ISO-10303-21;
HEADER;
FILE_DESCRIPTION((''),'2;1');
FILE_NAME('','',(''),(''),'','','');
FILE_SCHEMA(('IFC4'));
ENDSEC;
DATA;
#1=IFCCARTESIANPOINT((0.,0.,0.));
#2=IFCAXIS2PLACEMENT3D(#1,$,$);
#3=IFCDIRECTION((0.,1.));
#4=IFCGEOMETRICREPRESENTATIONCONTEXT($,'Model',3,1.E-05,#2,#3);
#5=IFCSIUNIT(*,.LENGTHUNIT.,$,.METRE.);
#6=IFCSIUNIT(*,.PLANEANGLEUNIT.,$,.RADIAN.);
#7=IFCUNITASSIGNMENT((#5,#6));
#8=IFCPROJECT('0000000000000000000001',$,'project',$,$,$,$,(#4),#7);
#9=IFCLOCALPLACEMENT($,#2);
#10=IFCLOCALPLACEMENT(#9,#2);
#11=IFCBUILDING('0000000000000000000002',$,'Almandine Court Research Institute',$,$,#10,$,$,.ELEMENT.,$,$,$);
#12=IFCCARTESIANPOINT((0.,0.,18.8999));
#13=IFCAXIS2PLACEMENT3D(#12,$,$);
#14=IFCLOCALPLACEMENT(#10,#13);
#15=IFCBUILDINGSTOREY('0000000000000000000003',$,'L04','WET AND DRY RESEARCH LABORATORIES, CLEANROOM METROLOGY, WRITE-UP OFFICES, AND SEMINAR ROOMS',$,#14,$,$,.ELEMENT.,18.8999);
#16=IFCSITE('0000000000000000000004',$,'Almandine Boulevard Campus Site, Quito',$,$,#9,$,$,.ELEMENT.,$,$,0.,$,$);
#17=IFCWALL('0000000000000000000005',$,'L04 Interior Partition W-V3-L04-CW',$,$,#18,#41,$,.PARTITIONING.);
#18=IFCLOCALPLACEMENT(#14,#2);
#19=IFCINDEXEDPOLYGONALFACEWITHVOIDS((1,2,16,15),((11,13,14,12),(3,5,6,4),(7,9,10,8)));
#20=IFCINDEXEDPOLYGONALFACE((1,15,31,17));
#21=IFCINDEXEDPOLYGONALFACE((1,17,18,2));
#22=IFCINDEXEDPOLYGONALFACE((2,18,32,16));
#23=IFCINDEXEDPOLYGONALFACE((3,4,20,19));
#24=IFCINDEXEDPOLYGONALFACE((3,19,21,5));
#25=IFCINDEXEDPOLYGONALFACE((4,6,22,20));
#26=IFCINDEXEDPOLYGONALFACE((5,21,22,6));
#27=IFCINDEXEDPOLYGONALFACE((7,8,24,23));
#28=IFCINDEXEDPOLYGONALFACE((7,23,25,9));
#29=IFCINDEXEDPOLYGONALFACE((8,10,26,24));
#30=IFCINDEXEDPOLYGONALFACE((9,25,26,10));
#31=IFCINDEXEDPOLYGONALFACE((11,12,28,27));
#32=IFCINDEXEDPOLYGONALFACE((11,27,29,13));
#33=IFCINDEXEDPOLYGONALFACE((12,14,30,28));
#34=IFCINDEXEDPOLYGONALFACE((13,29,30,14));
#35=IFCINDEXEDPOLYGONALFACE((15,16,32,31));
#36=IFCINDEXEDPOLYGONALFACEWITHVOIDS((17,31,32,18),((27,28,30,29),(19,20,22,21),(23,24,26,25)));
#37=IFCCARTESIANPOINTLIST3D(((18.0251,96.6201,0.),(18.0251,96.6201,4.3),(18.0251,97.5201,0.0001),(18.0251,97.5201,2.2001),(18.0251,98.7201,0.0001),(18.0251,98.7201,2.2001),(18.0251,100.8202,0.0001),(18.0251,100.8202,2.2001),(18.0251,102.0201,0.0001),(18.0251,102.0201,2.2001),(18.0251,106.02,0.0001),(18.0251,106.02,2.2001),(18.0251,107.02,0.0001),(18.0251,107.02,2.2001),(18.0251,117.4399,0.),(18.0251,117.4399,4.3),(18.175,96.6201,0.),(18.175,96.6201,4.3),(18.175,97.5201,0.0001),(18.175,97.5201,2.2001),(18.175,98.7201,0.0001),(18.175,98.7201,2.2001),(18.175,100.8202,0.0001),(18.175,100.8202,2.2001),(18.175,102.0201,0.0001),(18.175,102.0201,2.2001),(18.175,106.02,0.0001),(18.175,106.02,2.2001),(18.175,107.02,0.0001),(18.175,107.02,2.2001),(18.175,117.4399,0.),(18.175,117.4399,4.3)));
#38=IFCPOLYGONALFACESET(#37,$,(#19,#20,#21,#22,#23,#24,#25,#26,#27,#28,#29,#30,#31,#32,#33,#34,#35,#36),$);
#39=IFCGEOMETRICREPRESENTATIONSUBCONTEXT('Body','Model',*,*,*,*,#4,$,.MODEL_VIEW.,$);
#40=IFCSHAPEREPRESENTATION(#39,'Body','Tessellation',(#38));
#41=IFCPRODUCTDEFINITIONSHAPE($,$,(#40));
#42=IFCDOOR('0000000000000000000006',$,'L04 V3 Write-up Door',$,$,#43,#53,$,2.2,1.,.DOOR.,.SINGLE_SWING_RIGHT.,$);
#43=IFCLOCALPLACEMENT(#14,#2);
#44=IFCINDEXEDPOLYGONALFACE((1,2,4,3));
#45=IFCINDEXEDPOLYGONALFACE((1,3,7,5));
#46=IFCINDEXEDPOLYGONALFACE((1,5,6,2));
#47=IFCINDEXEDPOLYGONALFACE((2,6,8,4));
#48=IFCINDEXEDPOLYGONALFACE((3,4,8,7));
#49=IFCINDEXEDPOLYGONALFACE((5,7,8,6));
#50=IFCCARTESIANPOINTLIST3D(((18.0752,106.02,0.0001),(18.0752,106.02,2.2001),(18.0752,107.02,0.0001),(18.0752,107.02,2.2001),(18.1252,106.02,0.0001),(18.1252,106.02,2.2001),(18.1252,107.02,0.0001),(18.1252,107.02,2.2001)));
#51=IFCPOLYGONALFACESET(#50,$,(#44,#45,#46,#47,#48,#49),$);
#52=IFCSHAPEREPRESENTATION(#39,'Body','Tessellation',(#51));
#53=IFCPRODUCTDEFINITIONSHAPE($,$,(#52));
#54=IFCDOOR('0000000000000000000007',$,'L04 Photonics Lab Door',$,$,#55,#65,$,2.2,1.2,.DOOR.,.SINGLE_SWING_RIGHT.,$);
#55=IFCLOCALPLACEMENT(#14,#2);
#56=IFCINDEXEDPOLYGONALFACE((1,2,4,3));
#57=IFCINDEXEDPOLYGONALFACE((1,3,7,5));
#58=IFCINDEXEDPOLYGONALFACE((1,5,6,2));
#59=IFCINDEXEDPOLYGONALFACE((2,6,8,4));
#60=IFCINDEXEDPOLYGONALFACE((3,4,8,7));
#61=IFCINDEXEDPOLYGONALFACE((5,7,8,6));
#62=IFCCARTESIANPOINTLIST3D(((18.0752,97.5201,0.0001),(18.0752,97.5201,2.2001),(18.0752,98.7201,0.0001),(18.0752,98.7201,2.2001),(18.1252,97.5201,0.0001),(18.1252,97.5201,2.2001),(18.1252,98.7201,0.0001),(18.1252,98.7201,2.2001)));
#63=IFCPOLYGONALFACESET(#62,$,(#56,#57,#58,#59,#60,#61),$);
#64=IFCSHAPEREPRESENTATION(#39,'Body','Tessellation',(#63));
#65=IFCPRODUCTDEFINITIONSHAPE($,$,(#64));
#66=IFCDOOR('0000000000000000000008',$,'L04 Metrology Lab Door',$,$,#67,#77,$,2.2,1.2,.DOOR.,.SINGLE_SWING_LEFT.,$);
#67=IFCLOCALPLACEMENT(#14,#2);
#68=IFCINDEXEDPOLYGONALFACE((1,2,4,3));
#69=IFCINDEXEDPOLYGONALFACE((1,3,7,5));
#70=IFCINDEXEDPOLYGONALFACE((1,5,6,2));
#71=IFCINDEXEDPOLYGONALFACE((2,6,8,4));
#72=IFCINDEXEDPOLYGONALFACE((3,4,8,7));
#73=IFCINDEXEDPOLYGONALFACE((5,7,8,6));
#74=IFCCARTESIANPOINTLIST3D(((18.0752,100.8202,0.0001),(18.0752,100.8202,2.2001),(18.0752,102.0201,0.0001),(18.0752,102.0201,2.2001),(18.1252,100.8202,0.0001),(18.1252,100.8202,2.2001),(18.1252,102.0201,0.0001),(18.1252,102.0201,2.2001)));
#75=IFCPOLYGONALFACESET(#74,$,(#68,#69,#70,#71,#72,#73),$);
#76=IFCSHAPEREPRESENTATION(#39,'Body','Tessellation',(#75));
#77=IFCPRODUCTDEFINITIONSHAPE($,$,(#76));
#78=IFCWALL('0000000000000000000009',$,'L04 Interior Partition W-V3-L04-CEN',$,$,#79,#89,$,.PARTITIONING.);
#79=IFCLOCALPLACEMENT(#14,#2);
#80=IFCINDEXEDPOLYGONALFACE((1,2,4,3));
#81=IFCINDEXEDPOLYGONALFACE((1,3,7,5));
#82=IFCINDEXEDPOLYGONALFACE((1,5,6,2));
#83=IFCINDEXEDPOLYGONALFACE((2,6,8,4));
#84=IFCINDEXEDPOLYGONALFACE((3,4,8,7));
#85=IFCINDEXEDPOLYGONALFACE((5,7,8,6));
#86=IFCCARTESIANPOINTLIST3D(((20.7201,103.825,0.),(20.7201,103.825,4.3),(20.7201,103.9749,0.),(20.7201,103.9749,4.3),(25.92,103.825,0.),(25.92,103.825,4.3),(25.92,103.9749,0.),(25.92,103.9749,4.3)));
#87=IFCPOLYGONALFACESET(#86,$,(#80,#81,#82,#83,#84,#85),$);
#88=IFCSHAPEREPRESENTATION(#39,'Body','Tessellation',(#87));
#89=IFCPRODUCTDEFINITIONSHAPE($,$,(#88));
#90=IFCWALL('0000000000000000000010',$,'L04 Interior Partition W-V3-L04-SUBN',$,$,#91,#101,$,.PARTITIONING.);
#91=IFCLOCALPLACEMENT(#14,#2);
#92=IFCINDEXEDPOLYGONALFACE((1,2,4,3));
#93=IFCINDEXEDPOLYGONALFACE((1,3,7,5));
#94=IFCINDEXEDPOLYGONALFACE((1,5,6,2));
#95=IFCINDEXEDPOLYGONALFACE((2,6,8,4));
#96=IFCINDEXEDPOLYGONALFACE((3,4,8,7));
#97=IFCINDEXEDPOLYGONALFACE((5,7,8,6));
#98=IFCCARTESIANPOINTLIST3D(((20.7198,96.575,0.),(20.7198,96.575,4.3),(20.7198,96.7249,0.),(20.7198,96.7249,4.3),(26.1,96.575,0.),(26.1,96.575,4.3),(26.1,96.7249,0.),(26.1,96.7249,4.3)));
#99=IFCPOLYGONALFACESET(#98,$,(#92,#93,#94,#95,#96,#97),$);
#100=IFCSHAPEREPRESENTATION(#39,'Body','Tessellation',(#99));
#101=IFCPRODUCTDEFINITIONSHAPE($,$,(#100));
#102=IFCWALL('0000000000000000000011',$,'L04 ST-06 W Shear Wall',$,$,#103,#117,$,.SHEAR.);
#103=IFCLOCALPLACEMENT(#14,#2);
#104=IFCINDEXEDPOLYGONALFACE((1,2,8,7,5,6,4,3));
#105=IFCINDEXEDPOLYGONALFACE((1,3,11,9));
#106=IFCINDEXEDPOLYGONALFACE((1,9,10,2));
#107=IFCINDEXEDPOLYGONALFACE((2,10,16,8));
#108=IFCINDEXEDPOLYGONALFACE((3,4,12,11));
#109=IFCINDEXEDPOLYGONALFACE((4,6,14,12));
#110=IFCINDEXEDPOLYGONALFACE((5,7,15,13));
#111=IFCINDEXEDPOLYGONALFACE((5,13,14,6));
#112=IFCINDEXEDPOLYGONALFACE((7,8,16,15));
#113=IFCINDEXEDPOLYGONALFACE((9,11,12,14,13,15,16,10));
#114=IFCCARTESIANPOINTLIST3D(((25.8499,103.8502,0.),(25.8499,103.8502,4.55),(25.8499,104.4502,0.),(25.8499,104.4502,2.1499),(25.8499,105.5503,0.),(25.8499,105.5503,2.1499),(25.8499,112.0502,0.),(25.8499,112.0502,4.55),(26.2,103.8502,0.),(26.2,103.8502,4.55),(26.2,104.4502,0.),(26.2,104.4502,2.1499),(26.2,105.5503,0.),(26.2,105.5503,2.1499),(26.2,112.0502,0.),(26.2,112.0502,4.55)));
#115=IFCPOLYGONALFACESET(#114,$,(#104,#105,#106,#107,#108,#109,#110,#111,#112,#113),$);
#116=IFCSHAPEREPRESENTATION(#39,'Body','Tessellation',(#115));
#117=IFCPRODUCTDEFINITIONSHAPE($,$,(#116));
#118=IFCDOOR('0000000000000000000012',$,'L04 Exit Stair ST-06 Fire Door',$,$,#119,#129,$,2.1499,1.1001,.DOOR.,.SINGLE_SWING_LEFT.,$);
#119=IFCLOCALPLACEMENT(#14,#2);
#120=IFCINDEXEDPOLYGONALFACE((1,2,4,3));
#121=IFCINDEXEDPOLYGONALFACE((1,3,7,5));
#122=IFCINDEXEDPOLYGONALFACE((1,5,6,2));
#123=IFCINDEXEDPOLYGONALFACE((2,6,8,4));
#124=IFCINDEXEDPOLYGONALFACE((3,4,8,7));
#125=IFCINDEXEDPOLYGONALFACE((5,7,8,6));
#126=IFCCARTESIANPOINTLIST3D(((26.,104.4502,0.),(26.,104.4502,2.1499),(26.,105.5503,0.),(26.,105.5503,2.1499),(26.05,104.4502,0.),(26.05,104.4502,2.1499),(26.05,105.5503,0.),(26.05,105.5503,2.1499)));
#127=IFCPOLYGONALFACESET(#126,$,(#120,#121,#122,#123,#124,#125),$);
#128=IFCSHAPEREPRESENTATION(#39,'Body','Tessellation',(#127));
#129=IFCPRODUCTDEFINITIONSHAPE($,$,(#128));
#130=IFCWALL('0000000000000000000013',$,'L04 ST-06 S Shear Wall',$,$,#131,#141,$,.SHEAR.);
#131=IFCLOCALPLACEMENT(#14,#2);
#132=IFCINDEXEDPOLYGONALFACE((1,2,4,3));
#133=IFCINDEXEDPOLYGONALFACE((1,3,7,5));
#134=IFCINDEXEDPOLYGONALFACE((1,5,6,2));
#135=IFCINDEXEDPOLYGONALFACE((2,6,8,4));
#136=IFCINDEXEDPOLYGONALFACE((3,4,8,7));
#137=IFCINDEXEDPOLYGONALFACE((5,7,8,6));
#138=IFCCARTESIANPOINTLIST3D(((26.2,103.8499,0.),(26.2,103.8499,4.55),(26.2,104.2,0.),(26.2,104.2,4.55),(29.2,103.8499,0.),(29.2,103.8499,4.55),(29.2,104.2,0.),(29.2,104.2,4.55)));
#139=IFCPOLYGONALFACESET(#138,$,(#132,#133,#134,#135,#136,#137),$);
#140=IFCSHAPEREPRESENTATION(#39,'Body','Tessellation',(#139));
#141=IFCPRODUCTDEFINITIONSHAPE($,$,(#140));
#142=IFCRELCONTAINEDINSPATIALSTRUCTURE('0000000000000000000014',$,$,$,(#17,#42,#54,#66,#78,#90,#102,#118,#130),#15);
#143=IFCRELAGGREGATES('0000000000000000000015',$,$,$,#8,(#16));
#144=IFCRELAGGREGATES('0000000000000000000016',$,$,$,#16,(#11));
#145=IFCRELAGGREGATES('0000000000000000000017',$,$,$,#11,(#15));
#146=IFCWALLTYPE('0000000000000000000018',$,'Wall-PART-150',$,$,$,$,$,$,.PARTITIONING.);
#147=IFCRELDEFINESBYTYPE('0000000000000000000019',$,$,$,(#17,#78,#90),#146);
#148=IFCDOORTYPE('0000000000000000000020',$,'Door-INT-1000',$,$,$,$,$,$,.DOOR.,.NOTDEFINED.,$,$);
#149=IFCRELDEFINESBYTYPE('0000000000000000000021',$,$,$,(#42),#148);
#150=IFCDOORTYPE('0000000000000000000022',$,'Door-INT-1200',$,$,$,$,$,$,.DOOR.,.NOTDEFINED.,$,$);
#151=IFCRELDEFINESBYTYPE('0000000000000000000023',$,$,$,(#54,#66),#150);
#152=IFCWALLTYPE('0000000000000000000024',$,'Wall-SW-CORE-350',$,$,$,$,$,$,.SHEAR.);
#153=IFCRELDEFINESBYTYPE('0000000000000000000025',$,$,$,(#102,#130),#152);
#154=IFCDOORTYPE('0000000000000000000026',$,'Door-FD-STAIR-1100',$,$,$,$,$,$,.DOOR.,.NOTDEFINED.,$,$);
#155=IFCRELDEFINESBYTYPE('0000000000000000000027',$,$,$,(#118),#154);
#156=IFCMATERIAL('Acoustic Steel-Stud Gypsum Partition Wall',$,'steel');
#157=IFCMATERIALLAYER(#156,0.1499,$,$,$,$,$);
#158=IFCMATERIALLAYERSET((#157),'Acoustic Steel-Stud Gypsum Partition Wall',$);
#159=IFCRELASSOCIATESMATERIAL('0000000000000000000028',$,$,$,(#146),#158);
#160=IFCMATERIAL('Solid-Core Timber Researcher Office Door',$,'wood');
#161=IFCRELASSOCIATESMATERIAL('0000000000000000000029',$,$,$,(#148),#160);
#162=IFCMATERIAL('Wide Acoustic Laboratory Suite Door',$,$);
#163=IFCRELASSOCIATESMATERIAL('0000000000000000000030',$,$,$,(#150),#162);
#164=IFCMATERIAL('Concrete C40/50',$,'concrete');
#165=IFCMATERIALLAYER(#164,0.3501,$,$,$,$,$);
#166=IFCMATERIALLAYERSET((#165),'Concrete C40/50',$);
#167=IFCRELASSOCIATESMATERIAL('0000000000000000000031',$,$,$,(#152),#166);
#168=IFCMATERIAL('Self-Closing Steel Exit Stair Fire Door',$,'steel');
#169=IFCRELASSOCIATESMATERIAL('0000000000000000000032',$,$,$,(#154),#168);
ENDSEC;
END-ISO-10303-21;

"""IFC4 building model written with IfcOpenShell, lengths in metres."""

from ifc_helpers import new_model, si_unit, direction, frame, frame_2d, origin, place, context, subcontext, project, spatial, rectangle, extrude, material, layer, layer_set, type_object, element, fill, save


model = new_model("IFC4")

# Units and contexts
model_context = context("Model", 3, precision=1e-05, world=origin(), true_north=direction((0.0, 1.0)))
body_context = subcontext(model_context, "Body", "Model", "MODEL_VIEW")
ifc_project = project(units=[si_unit("LENGTHUNIT", "METRE"), si_unit("PLANEANGLEUNIT", "RADIAN")], contexts=[model_context])

# Site, building, storey
site_placement = place(None, origin())
site = spatial("IfcSite", under=ifc_project, at=site_placement, Name="Almandine Boulevard Campus Site, Quito", CompositionType="ELEMENT", RefElevation=0.0)
building_placement = place(site_placement, origin())
building = spatial("IfcBuilding", under=site, at=building_placement, Name="Almandine Court Research Institute", CompositionType="ELEMENT")
storey_placement = place(building_placement, frame((0.0, 0.0, 18.8999)))
storey = spatial("IfcBuildingStorey", under=building, at=storey_placement, Name="L04", Description="WET AND DRY RESEARCH LABORATORIES, CLEANROOM METROLOGY, WRITE-UP OFFICES, AND SEMINAR ROOMS", CompositionType="ELEMENT", Elevation=18.8999)

# Shared definitions
ifc_material_1 = material(Name="Acoustic Steel-Stud Gypsum Partition Wall", Category="steel")
ifc_layer_1 = layer(ifc_material_1, 0.1499)
ifc_layer_set_1 = layer_set([ifc_layer_1], Name="Acoustic Steel-Stud Gypsum Partition Wall")
wall_type_1 = type_object("IfcWallType", Name="Wall-PART-150", PredefinedType="PARTITIONING", material=ifc_layer_set_1)

# Wall, openings, doors
wall_1_placement = place(storey_placement, frame((18.1001, 96.6201, 0.0), z_axis=(0.0, 0.0, 1.0), x_axis=(0.0, 1.0, 0.0)))
wall_1 = element("IfcWall", 1, at=wall_1_placement, inside=storey, type_object=wall_type_1, Name="L04 Interior Partition W-V3-L04-CW", PredefinedType="PARTITIONING", context=body_context, shape_type="SweptSolid", body=[
    extrude(rectangle(XDim=20.8198, YDim=0.1499, at=frame_2d((10.4099, 0.0))), origin(), (0.0, 0.0, 1.0), 4.3),
])
opening_1_placement = place(wall_1_placement, frame((0.8999, 0.0, 0.0)))
opening_1 = element("IfcOpeningElement", 2, at=opening_1_placement, cuts=wall_1, PredefinedType="OPENING", context=body_context, shape_type="SweptSolid", body=[
    extrude(rectangle(XDim=1.2, YDim=2.2, at=frame_2d((0.6001, 1.1001))), frame((0.0, 0.085, 0.0), z_axis=(0.0, -1.0, 0.0), x_axis=(1.0, 0.0, 0.0)), (0.0, 0.0, 1.0), 0.1699),
])
opening_2_placement = place(wall_1_placement, frame((4.2, 0.0, 0.0)))
opening_2 = element("IfcOpeningElement", 3, at=opening_2_placement, cuts=wall_1, PredefinedType="OPENING", context=body_context, shape_type="SweptSolid", body=[
    extrude(rectangle(XDim=1.2, YDim=2.2, at=frame_2d((0.6001, 1.1001))), frame((0.0, 0.085, 0.0), z_axis=(0.0, -1.0, 0.0), x_axis=(1.0, 0.0, 0.0)), (0.0, 0.0, 1.0), 0.1699),
])
opening_3_placement = place(wall_1_placement, frame((9.3999, 0.0, 0.0)))
opening_3 = element("IfcOpeningElement", 4, at=opening_3_placement, cuts=wall_1, PredefinedType="OPENING", context=body_context, shape_type="SweptSolid", body=[
    extrude(rectangle(XDim=1.0, YDim=2.2, at=frame_2d((0.5, 1.1001))), frame((0.0, 0.085, 0.0), z_axis=(0.0, -1.0, 0.0), x_axis=(1.0, 0.0, 0.0)), (0.0, 0.0, 1.0), 0.1699),
])
ifc_material_2 = material(Name="Solid-Core Timber Researcher Office Door", Category="wood")
door_type_1 = type_object("IfcDoorType", Name="Door-INT-1000", OperationType="NOTDEFINED", PredefinedType="DOOR", material=ifc_material_2)
door_1_placement = place(opening_3_placement, origin())
door_1 = element("IfcDoor", 5, at=door_1_placement, inside=storey, type_object=door_type_1, Name="L04 V3 Write-up Door", OperationType="SINGLE_SWING_RIGHT", OverallHeight=2.2, OverallWidth=1.0, PredefinedType="DOOR", context=body_context, shape_type="SweptSolid", body=[
    extrude(rectangle(XDim=1.0, YDim=2.2, at=frame_2d((0.5, 1.1001))), frame((0.0, 0.0249, 0.0), z_axis=(0.0, -1.0, 0.0), x_axis=(1.0, 0.0, 0.0)), (0.0, 0.0, 1.0), 0.05),
])
fill(opening_3, door_1)
ifc_material_3 = material(Name="Wide Acoustic Laboratory Suite Door")
door_type_2 = type_object("IfcDoorType", Name="Door-INT-1200", OperationType="NOTDEFINED", PredefinedType="DOOR", material=ifc_material_3)
door_2_placement = place(opening_1_placement, origin())
door_2 = element("IfcDoor", 6, at=door_2_placement, inside=storey, type_object=door_type_2, Name="L04 Photonics Lab Door", OperationType="SINGLE_SWING_RIGHT", OverallHeight=2.2, OverallWidth=1.2, PredefinedType="DOOR", context=body_context, shape_type="SweptSolid", body=[
    extrude(rectangle(XDim=1.2, YDim=2.2, at=frame_2d((0.6001, 1.1001))), frame((0.0, 0.0249, 0.0), z_axis=(0.0, -1.0, 0.0), x_axis=(1.0, 0.0, 0.0)), (0.0, 0.0, 1.0), 0.05),
])
fill(opening_1, door_2)
door_3_placement = place(opening_2_placement, origin())
door_3 = element("IfcDoor", 7, at=door_3_placement, inside=storey, type_object=door_type_2, Name="L04 Metrology Lab Door", OperationType="SINGLE_SWING_LEFT", OverallHeight=2.2, OverallWidth=1.2, PredefinedType="DOOR", context=body_context, shape_type="SweptSolid", body=[
    extrude(rectangle(XDim=1.2, YDim=2.2, at=frame_2d((0.6001, 1.1001))), frame((0.0, 0.0249, 0.0), z_axis=(0.0, -1.0, 0.0), x_axis=(1.0, 0.0, 0.0)), (0.0, 0.0, 1.0), 0.05),
])
fill(opening_2, door_3)

# Walls
wall_2_placement = place(storey_placement, frame((20.72, 103.8999, 0.0), z_axis=(0.0, 0.0, 1.0), x_axis=(1.0, 0.0, 0.0)))
element("IfcWall", 8, at=wall_2_placement, inside=storey, type_object=wall_type_1, Name="L04 Interior Partition W-V3-L04-CEN", PredefinedType="PARTITIONING", context=body_context, shape_type="SweptSolid", body=[
    extrude(rectangle(XDim=5.2, YDim=0.1499, at=frame_2d((2.6001, 0.0))), origin(), (0.0, 0.0, 1.0), 4.3),
])
wall_3_placement = place(storey_placement, frame((20.72, 96.6499, 0.0), z_axis=(0.0, 0.0, 1.0), x_axis=(1.0, 0.0, 0.0)))
element("IfcWall", 9, at=wall_3_placement, inside=storey, type_object=wall_type_1, Name="L04 Interior Partition W-V3-L04-SUBN", PredefinedType="PARTITIONING", context=body_context, shape_type="SweptSolid", body=[
    extrude(rectangle(XDim=5.3801, YDim=0.1499, at=frame_2d((2.6899, 0.0))), origin(), (0.0, 0.0, 1.0), 4.3),
])

# Wall, opening, door
ifc_material_4 = material(Name="Concrete C40/50", Category="concrete")
ifc_layer_2 = layer(ifc_material_4, 0.3501)
ifc_layer_set_2 = layer_set([ifc_layer_2], Name="Concrete C40/50")
wall_type_2 = type_object("IfcWallType", Name="Wall-SW-CORE-350", PredefinedType="SHEAR", material=ifc_layer_set_2)
wall_4_placement = place(storey_placement, frame((26.0249, 103.8501, 0.0), z_axis=(0.0, 0.0, 1.0), x_axis=(0.0, 1.0, 0.0)))
wall_4 = element("IfcWall", 10, at=wall_4_placement, inside=storey, type_object=wall_type_2, Name="L04 ST-06 W Shear Wall", PredefinedType="SHEAR", context=body_context, shape_type="SweptSolid", body=[
    extrude(rectangle(XDim=8.2, YDim=0.3501, at=frame_2d((4.1001, 0.0))), origin(), (0.0, 0.0, 1.0), 4.55),
])
opening_4_placement = place(wall_4_placement, frame((0.6001, 0.0, 0.0)))
opening_4 = element("IfcOpeningElement", 11, at=opening_4_placement, cuts=wall_4, PredefinedType="OPENING", context=body_context, shape_type="SweptSolid", body=[
    extrude(rectangle(XDim=1.1001, YDim=2.1499, at=frame_2d((0.55, 1.075))), frame((0.0, 0.1851, 0.0), z_axis=(0.0, -1.0, 0.0), x_axis=(1.0, 0.0, 0.0)), (0.0, 0.0, 1.0), 0.3701),
])
ifc_material_5 = material(Name="Self-Closing Steel Exit Stair Fire Door", Category="steel")
door_type_3 = type_object("IfcDoorType", Name="Door-FD-STAIR-1100", OperationType="NOTDEFINED", PredefinedType="DOOR", material=ifc_material_5)
door_4_placement = place(opening_4_placement, origin())
door_4 = element("IfcDoor", 12, at=door_4_placement, inside=storey, type_object=door_type_3, Name="L04 Exit Stair ST-06 Fire Door", OperationType="SINGLE_SWING_LEFT", OverallHeight=2.1499, OverallWidth=1.1001, PredefinedType="DOOR", context=body_context, shape_type="SweptSolid", body=[
    extrude(rectangle(XDim=1.1001, YDim=2.1499, at=frame_2d((0.55, 1.075))), frame((0.0, 0.0249, 0.0), z_axis=(0.0, -1.0, 0.0), x_axis=(1.0, 0.0, 0.0)), (0.0, 0.0, 1.0), 0.05),
])
fill(opening_4, door_4)

# Wall
wall_5_placement = place(storey_placement, frame((29.2, 104.0249, 0.0), z_axis=(0.0, 0.0, 1.0), x_axis=(-1.0, 0.0, 0.0)))
element("IfcWall", 13, at=wall_5_placement, inside=storey, type_object=wall_type_2, Name="L04 ST-06 S Shear Wall", PredefinedType="SHEAR", context=body_context, shape_type="SweptSolid", body=[
    extrude(rectangle(XDim=3.0, YDim=0.3501, at=frame_2d((1.5, 0.0))), origin(), (0.0, 0.0, 1.0), 4.55),
])

save(model, "model.ifc")
